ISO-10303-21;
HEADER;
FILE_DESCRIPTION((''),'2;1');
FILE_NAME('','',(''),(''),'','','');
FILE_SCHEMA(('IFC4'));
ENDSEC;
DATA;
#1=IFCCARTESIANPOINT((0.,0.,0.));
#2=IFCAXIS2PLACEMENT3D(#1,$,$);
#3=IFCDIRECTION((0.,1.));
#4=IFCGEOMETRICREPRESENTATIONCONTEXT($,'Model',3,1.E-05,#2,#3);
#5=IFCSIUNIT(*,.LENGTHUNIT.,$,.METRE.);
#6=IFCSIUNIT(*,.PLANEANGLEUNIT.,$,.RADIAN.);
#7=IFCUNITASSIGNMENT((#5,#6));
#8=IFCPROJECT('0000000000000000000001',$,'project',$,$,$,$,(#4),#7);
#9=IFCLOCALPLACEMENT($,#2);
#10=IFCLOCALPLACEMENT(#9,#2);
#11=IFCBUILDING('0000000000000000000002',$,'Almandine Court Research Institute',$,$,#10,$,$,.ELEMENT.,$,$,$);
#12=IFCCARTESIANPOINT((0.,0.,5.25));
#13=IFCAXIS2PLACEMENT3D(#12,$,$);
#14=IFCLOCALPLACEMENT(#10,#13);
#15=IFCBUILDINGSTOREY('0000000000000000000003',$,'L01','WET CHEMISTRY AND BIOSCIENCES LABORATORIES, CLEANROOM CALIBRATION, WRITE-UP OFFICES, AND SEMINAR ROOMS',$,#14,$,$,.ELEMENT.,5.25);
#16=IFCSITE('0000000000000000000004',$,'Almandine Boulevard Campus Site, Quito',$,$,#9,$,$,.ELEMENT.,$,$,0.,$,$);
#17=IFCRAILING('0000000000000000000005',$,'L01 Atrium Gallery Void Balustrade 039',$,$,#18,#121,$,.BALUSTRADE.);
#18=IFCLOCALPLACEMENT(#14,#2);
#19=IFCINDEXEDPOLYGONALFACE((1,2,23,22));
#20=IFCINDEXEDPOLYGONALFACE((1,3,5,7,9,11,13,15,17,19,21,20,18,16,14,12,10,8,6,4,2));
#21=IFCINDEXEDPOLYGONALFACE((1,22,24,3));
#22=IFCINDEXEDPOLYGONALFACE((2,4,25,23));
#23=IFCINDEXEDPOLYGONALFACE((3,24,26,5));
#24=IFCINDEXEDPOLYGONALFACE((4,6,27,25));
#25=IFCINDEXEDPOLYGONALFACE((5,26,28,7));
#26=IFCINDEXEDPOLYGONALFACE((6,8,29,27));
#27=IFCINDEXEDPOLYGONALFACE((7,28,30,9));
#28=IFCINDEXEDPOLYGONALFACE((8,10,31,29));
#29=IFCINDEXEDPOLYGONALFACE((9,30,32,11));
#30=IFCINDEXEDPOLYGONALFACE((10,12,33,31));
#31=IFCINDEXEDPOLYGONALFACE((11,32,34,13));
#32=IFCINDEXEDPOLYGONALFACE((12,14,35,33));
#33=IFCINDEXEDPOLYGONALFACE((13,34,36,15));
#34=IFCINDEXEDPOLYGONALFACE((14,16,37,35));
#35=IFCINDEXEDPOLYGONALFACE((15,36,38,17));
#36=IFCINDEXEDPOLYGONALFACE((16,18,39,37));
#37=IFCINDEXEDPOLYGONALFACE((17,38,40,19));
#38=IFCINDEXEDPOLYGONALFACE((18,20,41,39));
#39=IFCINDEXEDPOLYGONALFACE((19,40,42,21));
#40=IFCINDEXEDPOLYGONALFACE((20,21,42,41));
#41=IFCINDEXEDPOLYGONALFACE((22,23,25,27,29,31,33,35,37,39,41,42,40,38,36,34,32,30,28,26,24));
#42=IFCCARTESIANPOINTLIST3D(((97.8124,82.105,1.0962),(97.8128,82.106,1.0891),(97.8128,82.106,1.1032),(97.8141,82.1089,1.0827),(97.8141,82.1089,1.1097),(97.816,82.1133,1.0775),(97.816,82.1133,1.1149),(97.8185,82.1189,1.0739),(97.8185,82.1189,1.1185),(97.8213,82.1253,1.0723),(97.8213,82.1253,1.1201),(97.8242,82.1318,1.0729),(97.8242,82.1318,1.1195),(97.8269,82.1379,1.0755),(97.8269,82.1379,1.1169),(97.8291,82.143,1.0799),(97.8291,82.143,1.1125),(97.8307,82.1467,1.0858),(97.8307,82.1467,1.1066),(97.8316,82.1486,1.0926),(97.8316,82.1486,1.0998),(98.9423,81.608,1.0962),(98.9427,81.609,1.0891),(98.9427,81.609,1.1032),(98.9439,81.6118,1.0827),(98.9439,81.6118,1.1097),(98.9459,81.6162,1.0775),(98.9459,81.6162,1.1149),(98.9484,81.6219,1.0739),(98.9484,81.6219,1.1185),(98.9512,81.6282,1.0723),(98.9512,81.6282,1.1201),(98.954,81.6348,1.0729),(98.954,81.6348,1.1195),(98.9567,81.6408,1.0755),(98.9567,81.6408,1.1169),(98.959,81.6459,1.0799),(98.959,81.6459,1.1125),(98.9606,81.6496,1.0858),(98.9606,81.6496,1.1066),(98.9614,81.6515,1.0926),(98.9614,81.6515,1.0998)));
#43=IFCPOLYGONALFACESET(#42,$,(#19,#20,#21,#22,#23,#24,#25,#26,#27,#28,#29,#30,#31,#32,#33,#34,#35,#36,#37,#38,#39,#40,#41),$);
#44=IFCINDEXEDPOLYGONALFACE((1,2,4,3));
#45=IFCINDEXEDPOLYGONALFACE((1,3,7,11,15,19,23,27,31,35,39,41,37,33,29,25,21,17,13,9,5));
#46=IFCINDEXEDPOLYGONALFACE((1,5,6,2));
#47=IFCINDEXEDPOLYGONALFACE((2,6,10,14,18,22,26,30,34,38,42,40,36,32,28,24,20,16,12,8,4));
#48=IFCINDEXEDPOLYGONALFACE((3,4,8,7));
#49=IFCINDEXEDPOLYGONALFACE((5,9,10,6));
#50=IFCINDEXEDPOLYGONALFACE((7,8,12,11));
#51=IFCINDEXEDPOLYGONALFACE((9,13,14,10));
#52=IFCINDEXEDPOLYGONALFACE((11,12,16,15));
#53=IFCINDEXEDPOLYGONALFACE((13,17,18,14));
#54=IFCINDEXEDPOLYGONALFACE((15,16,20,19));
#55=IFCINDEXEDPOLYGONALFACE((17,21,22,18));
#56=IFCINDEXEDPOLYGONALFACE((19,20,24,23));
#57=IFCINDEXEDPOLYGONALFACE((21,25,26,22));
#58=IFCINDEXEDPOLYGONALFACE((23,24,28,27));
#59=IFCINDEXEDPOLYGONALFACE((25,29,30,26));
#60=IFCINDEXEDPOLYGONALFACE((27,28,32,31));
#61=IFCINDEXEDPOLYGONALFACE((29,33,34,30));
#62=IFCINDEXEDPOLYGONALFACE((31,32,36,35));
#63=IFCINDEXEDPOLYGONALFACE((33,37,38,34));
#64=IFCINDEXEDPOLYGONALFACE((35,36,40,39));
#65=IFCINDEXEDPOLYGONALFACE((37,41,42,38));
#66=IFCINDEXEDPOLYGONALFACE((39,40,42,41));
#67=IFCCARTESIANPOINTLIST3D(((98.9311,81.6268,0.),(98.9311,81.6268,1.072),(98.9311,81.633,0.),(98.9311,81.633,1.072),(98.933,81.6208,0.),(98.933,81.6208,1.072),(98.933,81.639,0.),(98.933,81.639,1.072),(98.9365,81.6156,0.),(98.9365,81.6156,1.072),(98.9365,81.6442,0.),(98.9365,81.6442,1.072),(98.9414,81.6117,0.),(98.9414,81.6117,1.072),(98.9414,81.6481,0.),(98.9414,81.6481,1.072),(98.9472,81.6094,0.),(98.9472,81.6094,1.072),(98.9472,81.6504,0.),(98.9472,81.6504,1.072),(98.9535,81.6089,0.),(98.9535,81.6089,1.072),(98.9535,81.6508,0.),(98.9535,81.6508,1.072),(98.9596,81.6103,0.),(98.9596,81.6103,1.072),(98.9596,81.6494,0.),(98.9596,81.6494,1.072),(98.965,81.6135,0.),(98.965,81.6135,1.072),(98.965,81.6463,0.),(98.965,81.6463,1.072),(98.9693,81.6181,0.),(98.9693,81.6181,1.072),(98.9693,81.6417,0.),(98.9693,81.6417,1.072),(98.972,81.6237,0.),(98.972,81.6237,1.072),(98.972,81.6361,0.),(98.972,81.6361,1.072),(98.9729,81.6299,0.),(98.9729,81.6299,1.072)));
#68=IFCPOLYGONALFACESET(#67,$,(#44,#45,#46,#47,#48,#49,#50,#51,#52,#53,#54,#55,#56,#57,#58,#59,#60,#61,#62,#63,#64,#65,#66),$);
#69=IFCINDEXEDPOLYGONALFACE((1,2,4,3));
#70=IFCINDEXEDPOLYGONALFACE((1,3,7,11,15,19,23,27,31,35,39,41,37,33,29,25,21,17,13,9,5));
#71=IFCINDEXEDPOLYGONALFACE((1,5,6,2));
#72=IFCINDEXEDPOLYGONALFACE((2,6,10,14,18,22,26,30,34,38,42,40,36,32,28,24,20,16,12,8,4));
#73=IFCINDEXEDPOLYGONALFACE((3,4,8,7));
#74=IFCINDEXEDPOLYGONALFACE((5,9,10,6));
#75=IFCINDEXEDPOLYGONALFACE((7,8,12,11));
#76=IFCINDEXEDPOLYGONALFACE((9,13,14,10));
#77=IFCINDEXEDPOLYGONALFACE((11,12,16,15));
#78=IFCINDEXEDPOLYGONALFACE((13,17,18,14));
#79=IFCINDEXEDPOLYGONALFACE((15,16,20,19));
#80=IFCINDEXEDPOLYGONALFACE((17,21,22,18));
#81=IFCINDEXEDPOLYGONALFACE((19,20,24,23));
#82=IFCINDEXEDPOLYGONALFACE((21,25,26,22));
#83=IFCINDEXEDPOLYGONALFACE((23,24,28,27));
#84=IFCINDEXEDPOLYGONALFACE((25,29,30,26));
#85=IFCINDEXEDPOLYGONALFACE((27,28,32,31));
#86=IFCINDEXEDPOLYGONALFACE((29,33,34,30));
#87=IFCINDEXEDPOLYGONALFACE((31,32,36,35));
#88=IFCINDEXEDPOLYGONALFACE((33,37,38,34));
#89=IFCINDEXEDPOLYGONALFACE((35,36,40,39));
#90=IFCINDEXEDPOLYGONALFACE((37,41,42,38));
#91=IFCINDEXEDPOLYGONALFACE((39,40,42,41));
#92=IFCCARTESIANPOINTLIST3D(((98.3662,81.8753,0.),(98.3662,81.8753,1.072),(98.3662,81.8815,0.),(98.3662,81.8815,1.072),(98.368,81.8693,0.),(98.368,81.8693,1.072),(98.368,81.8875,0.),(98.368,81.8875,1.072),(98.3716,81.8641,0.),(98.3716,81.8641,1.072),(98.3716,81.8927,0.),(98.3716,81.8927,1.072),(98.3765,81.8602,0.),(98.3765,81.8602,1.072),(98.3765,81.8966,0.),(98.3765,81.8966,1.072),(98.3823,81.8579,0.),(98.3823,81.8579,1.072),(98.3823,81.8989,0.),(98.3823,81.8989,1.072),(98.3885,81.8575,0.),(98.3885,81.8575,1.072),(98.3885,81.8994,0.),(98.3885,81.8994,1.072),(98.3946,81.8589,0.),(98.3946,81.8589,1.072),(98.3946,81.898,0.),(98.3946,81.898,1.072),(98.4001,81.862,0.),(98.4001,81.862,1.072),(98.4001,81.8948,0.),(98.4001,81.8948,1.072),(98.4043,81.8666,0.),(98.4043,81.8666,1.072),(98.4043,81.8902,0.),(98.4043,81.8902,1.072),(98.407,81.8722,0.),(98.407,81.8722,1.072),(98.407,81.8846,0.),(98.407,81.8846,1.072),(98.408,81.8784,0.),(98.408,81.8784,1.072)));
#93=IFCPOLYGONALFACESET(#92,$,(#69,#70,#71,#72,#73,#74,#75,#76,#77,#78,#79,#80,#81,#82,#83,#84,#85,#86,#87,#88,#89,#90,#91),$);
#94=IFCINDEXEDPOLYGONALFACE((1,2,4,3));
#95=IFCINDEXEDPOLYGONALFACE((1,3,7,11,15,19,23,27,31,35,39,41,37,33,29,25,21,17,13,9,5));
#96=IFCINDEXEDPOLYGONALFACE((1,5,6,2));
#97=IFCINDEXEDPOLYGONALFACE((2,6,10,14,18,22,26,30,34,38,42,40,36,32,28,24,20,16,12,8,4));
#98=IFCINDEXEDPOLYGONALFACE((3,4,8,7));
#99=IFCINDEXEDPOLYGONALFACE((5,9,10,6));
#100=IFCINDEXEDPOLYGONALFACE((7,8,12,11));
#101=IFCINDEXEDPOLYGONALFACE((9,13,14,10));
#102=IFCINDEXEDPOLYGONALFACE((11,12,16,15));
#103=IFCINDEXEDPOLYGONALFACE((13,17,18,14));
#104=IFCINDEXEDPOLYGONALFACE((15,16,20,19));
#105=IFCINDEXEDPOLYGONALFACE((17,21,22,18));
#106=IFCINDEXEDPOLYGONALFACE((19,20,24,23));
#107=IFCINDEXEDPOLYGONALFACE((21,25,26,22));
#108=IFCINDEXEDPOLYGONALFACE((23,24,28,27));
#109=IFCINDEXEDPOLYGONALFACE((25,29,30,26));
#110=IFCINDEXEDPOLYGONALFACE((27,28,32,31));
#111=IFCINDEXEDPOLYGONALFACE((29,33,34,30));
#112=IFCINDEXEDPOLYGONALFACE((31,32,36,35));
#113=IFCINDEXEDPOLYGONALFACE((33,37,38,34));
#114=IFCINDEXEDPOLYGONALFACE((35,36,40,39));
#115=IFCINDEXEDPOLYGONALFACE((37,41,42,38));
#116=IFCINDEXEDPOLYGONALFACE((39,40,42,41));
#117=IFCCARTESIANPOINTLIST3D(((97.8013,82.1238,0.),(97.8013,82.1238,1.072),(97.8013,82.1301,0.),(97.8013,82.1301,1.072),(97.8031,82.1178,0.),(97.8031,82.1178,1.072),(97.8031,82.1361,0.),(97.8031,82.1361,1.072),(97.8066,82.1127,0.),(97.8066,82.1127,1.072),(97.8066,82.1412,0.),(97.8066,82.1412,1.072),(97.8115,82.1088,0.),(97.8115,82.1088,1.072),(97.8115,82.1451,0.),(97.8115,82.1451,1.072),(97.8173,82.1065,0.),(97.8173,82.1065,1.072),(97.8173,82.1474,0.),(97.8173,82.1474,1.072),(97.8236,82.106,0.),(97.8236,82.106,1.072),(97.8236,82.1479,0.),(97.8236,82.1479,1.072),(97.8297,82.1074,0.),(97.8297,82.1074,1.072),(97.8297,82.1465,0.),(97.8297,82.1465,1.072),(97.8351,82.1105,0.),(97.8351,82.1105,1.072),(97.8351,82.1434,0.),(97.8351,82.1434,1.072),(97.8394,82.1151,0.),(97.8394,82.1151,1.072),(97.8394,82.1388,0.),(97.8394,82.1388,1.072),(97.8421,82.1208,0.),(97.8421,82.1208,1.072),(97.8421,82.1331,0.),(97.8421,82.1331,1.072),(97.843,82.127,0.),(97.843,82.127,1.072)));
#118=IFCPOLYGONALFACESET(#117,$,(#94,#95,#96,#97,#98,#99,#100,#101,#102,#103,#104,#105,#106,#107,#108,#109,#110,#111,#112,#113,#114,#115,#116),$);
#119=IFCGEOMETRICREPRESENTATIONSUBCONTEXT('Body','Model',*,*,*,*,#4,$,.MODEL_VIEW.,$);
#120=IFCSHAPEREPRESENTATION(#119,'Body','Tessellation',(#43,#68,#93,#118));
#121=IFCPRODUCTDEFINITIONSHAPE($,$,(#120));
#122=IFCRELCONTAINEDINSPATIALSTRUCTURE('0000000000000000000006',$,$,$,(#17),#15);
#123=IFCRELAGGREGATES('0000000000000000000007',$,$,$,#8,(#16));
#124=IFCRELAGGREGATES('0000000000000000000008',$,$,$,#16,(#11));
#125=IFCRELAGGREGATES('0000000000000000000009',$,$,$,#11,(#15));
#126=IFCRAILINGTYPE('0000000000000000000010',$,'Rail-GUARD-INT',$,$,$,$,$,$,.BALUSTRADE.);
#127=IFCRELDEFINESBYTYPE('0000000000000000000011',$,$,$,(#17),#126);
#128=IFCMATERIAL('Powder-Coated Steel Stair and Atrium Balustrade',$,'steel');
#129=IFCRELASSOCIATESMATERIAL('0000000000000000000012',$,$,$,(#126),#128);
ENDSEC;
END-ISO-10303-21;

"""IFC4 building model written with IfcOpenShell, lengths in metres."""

from ifc_helpers import new_model, si_unit, direction, frame, origin, origin_2d, place, context, subcontext, project, spatial, circle, extrude, material, type_object, element, save


model = new_model("IFC4")

# Units and contexts
model_context = context("Model", 3, precision=1e-05, world=origin(), true_north=direction((0.0, 1.0)))
body_context = subcontext(model_context, "Body", "Model", "MODEL_VIEW")
ifc_project = project(units=[si_unit("LENGTHUNIT", "METRE"), si_unit("PLANEANGLEUNIT", "RADIAN")], contexts=[model_context])

# Site, building, storey
site_placement = place(None, origin())
site = spatial("IfcSite", under=ifc_project, at=site_placement, Name="Almandine Boulevard Campus Site, Quito", CompositionType="ELEMENT", RefElevation=0.0)
building_placement = place(site_placement, origin())
building = spatial("IfcBuilding", under=site, at=building_placement, Name="Almandine Court Research Institute", CompositionType="ELEMENT")
storey_placement = place(building_placement, frame((0.0, 0.0, 5.25)))
storey = spatial("IfcBuildingStorey", under=building, at=storey_placement, Name="L01", Description="WET CHEMISTRY AND BIOSCIENCES LABORATORIES, CLEANROOM CALIBRATION, WRITE-UP OFFICES, AND SEMINAR ROOMS", CompositionType="ELEMENT", Elevation=5.25)

# Railing
ifc_material_1 = material(Name="Powder-Coated Steel Stair and Atrium Balustrade", Category="steel")
railing_type = type_object("IfcRailingType", Name="Rail-GUARD-INT", PredefinedType="BALUSTRADE", material=ifc_material_1)
railing_1_placement = place(storey_placement, frame((98.9519, 81.6299, 0.0)))
element("IfcRailing", 1, at=railing_1_placement, inside=storey, type_object=railing_type, Name="L01 Atrium Gallery Void Balustrade 039", PredefinedType="BALUSTRADE", context=body_context, shape_type="SweptSolid", body=[
    extrude(circle(Radius=0.0239, at=origin_2d()), frame((0.0, 0.0, 1.0962), z_axis=(-0.915338, 0.402686, 0.0), x_axis=(-0.402686, -0.915338, 0.0)), (0.0, 0.0, 1.0), 1.2344),
    extrude(circle(Radius=0.021, at=origin_2d()), origin(), (0.0, 0.0, 1.0), 1.072),
    extrude(circle(Radius=0.021, at=origin_2d()), frame((-0.5649, 0.2485, 0.0)), (0.0, 0.0, 1.0), 1.072),
    extrude(circle(Radius=0.021, at=origin_2d()), frame((-1.1299, 0.4971, 0.0)), (0.0, 0.0, 1.0), 1.072),
])

save(model, "model.ifc")
